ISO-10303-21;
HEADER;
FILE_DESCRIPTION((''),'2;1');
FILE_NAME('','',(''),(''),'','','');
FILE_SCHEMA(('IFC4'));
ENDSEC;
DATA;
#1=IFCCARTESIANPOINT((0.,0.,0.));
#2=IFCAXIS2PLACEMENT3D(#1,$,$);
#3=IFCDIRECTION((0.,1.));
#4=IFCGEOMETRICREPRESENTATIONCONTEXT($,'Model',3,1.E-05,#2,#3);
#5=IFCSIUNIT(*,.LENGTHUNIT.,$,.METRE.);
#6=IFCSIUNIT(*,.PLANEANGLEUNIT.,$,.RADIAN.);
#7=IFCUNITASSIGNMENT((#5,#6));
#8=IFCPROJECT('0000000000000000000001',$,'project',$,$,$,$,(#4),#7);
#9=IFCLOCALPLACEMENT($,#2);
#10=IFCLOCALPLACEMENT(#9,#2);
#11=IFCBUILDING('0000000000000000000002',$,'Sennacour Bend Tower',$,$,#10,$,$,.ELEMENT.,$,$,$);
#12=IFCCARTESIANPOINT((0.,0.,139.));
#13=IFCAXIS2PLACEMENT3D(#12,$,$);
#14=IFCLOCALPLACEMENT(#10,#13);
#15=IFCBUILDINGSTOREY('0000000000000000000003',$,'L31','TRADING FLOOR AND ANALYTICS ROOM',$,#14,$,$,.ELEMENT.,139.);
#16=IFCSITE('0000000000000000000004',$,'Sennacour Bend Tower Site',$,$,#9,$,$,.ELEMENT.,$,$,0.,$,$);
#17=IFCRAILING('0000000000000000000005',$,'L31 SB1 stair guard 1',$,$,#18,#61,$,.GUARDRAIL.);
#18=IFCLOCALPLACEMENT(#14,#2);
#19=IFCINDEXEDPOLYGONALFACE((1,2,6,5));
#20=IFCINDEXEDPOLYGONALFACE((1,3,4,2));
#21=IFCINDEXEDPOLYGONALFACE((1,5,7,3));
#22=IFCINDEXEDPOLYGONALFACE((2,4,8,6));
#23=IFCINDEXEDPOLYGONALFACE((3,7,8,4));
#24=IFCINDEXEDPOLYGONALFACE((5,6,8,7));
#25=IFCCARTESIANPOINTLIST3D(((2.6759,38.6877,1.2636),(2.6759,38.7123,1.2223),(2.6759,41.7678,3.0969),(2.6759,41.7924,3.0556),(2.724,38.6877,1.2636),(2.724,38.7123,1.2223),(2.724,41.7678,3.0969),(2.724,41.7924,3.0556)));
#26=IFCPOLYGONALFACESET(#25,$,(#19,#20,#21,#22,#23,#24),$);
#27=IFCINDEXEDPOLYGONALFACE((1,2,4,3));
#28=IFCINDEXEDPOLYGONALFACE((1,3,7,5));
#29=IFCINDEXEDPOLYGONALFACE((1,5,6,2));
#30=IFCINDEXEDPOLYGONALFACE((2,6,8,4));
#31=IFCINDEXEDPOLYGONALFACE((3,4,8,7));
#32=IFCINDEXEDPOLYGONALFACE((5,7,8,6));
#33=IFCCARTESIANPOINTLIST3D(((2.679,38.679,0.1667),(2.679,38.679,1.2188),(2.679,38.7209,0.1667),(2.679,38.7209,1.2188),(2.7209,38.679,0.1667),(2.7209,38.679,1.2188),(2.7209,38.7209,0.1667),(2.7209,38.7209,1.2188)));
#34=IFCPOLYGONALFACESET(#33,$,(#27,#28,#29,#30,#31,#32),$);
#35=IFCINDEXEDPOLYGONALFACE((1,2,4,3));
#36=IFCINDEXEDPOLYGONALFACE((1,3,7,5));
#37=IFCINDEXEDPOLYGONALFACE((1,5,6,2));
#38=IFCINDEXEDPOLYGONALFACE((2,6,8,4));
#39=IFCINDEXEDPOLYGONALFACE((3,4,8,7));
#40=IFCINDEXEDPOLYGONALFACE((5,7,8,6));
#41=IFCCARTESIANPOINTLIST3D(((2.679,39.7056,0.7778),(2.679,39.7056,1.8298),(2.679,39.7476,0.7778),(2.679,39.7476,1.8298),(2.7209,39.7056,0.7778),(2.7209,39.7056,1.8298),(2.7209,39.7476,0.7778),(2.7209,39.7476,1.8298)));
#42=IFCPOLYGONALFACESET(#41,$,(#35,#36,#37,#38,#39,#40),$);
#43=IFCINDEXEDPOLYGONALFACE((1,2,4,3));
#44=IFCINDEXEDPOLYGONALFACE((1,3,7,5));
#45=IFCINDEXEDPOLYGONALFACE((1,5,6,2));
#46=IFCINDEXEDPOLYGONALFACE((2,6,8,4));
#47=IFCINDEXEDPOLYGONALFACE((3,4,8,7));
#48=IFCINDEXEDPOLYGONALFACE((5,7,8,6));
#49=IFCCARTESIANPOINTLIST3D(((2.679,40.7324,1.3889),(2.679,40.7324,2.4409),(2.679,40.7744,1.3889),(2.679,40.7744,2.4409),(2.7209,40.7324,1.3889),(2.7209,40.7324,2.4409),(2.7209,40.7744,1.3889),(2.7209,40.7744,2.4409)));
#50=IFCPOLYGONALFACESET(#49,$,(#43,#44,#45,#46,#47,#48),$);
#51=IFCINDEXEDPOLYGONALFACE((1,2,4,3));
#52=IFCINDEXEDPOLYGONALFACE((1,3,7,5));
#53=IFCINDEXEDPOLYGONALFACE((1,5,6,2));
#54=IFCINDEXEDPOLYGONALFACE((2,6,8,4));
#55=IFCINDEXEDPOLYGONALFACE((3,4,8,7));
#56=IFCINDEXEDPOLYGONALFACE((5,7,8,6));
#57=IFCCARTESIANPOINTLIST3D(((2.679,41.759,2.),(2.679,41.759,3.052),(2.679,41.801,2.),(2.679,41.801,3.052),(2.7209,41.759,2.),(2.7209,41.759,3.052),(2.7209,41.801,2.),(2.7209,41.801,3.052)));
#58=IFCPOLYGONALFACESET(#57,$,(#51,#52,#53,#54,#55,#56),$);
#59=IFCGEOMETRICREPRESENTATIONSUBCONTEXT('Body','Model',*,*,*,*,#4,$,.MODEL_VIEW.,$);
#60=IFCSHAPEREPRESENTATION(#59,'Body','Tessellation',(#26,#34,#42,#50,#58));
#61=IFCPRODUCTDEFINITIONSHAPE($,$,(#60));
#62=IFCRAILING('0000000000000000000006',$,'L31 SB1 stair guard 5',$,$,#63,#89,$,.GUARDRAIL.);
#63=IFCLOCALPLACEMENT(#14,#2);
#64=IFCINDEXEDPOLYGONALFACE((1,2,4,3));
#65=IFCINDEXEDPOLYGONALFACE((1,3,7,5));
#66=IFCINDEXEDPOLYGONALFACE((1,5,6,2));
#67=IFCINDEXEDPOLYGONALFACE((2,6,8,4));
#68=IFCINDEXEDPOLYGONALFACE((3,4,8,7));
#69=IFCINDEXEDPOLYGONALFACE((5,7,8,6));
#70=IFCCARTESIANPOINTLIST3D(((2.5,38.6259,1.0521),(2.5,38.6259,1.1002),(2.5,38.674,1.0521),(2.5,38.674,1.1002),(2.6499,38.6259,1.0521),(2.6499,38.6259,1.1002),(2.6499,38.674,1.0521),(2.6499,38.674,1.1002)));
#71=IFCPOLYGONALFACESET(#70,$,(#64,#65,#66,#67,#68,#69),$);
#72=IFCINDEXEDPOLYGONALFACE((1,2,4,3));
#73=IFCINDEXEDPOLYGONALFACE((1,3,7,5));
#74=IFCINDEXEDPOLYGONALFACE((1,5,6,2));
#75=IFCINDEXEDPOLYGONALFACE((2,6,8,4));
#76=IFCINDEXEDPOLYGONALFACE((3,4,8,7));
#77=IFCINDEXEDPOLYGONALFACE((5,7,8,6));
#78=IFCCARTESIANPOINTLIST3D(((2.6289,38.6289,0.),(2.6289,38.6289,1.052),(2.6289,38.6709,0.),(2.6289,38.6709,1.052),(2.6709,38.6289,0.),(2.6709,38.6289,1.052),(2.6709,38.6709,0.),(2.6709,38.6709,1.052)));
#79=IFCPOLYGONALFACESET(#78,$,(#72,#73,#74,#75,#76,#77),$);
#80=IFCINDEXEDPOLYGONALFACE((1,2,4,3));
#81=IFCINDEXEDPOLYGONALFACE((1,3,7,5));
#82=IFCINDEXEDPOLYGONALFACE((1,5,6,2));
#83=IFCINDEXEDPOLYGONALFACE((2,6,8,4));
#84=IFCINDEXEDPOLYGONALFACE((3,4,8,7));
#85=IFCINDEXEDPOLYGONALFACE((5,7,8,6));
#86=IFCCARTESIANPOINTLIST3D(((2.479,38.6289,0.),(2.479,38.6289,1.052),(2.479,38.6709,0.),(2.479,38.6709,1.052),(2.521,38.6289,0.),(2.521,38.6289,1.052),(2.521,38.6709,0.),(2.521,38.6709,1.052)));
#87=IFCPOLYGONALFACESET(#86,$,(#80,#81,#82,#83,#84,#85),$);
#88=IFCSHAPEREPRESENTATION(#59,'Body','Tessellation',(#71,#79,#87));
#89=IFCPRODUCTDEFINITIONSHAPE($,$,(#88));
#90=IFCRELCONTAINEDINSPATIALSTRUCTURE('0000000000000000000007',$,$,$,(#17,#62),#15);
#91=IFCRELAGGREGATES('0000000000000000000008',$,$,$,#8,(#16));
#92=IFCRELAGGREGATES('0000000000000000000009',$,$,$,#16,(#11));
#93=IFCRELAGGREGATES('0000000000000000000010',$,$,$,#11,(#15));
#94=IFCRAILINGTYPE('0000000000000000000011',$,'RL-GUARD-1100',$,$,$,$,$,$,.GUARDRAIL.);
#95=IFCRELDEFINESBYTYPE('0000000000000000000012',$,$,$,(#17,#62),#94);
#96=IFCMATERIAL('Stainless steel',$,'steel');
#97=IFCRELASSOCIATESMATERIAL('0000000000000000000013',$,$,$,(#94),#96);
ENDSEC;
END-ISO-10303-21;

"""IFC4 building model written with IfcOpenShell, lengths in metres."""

from ifc_helpers import new_model, si_unit, direction, frame, origin, origin_2d, place, context, subcontext, project, spatial, rectangle, extrude, material, type_object, element, save


model = new_model("IFC4")

# Units and contexts
model_context = context("Model", 3, precision=1e-05, world=origin(), true_north=direction((0.0, 1.0)))
body_context = subcontext(model_context, "Body", "Model", "MODEL_VIEW")
ifc_project = project(units=[si_unit("LENGTHUNIT", "METRE"), si_unit("PLANEANGLEUNIT", "RADIAN")], contexts=[model_context])

# Site, building, storey
site_placement = place(None, origin())
site = spatial("IfcSite", under=ifc_project, at=site_placement, Name="Sennacour Bend Tower Site", CompositionType="ELEMENT", RefElevation=0.0)
building_placement = place(site_placement, origin())
building = spatial("IfcBuilding", under=site, at=building_placement, Name="Sennacour Bend Tower", CompositionType="ELEMENT")
storey_placement = place(building_placement, frame((0.0, 0.0, 139.0)))
storey = spatial("IfcBuildingStorey", under=building, at=storey_placement, Name="L31", Description="TRADING FLOOR AND ANALYTICS ROOM", CompositionType="ELEMENT", Elevation=139.0)

# Railings
ifc_material_1 = material(Name="Stainless steel", Category="steel")
railing_type = type_object("IfcRailingType", Name="RL-GUARD-1100", PredefinedType="GUARDRAIL", material=ifc_material_1)
railing_1_placement = place(storey_placement, frame((2.7, 38.7, 0.1667)))
element("IfcRailing", 1, at=railing_1_placement, inside=storey, type_object=railing_type, Name="L31 SB1 stair guard 1", PredefinedType="GUARDRAIL", context=body_context, shape_type="SweptSolid", body=[
    extrude(rectangle(XDim=0.0481, YDim=0.0481, at=origin_2d()), frame((0.0, 0.0, 1.0762), z_axis=(0.0, 0.859309, 0.511458), x_axis=(-1.0, 0.0, 0.0)), (0.0, 0.0, 1.0), 3.5845),
    extrude(rectangle(XDim=0.042, YDim=0.042, at=origin_2d()), origin(), (0.0, 0.0, 1.0), 1.052),
    extrude(rectangle(XDim=0.042, YDim=0.042, at=origin_2d()), frame((0.0, 1.0266, 0.6111)), (0.0, 0.0, 1.0), 1.052),
    extrude(rectangle(XDim=0.042, YDim=0.042, at=origin_2d()), frame((0.0, 2.0535, 1.2222)), (0.0, 0.0, 1.0), 1.052),
    extrude(rectangle(XDim=0.042, YDim=0.042, at=origin_2d()), frame((0.0, 3.0801, 1.8333)), (0.0, 0.0, 1.0), 1.052),
])
railing_2_placement = place(storey_placement, frame((2.6499, 38.6499, 0.0)))
element("IfcRailing", 2, at=railing_2_placement, inside=storey, type_object=railing_type, Name="L31 SB1 stair guard 5", PredefinedType="GUARDRAIL", context=body_context, shape_type="SweptSolid", body=[
    extrude(rectangle(XDim=0.0481, YDim=0.0481, at=origin_2d()), frame((0.0, 0.0, 1.0762), z_axis=(-1.0, 0.0, 0.0), x_axis=(0.0, -1.0, 0.0)), (0.0, 0.0, 1.0), 0.1499),
    extrude(rectangle(XDim=0.042, YDim=0.042, at=origin_2d()), origin(), (0.0, 0.0, 1.0), 1.052),
    extrude(rectangle(XDim=0.042, YDim=0.042, at=origin_2d()), frame((-0.1499, 0.0, 0.0)), (0.0, 0.0, 1.0), 1.052),
])

save(model, "model.ifc")
